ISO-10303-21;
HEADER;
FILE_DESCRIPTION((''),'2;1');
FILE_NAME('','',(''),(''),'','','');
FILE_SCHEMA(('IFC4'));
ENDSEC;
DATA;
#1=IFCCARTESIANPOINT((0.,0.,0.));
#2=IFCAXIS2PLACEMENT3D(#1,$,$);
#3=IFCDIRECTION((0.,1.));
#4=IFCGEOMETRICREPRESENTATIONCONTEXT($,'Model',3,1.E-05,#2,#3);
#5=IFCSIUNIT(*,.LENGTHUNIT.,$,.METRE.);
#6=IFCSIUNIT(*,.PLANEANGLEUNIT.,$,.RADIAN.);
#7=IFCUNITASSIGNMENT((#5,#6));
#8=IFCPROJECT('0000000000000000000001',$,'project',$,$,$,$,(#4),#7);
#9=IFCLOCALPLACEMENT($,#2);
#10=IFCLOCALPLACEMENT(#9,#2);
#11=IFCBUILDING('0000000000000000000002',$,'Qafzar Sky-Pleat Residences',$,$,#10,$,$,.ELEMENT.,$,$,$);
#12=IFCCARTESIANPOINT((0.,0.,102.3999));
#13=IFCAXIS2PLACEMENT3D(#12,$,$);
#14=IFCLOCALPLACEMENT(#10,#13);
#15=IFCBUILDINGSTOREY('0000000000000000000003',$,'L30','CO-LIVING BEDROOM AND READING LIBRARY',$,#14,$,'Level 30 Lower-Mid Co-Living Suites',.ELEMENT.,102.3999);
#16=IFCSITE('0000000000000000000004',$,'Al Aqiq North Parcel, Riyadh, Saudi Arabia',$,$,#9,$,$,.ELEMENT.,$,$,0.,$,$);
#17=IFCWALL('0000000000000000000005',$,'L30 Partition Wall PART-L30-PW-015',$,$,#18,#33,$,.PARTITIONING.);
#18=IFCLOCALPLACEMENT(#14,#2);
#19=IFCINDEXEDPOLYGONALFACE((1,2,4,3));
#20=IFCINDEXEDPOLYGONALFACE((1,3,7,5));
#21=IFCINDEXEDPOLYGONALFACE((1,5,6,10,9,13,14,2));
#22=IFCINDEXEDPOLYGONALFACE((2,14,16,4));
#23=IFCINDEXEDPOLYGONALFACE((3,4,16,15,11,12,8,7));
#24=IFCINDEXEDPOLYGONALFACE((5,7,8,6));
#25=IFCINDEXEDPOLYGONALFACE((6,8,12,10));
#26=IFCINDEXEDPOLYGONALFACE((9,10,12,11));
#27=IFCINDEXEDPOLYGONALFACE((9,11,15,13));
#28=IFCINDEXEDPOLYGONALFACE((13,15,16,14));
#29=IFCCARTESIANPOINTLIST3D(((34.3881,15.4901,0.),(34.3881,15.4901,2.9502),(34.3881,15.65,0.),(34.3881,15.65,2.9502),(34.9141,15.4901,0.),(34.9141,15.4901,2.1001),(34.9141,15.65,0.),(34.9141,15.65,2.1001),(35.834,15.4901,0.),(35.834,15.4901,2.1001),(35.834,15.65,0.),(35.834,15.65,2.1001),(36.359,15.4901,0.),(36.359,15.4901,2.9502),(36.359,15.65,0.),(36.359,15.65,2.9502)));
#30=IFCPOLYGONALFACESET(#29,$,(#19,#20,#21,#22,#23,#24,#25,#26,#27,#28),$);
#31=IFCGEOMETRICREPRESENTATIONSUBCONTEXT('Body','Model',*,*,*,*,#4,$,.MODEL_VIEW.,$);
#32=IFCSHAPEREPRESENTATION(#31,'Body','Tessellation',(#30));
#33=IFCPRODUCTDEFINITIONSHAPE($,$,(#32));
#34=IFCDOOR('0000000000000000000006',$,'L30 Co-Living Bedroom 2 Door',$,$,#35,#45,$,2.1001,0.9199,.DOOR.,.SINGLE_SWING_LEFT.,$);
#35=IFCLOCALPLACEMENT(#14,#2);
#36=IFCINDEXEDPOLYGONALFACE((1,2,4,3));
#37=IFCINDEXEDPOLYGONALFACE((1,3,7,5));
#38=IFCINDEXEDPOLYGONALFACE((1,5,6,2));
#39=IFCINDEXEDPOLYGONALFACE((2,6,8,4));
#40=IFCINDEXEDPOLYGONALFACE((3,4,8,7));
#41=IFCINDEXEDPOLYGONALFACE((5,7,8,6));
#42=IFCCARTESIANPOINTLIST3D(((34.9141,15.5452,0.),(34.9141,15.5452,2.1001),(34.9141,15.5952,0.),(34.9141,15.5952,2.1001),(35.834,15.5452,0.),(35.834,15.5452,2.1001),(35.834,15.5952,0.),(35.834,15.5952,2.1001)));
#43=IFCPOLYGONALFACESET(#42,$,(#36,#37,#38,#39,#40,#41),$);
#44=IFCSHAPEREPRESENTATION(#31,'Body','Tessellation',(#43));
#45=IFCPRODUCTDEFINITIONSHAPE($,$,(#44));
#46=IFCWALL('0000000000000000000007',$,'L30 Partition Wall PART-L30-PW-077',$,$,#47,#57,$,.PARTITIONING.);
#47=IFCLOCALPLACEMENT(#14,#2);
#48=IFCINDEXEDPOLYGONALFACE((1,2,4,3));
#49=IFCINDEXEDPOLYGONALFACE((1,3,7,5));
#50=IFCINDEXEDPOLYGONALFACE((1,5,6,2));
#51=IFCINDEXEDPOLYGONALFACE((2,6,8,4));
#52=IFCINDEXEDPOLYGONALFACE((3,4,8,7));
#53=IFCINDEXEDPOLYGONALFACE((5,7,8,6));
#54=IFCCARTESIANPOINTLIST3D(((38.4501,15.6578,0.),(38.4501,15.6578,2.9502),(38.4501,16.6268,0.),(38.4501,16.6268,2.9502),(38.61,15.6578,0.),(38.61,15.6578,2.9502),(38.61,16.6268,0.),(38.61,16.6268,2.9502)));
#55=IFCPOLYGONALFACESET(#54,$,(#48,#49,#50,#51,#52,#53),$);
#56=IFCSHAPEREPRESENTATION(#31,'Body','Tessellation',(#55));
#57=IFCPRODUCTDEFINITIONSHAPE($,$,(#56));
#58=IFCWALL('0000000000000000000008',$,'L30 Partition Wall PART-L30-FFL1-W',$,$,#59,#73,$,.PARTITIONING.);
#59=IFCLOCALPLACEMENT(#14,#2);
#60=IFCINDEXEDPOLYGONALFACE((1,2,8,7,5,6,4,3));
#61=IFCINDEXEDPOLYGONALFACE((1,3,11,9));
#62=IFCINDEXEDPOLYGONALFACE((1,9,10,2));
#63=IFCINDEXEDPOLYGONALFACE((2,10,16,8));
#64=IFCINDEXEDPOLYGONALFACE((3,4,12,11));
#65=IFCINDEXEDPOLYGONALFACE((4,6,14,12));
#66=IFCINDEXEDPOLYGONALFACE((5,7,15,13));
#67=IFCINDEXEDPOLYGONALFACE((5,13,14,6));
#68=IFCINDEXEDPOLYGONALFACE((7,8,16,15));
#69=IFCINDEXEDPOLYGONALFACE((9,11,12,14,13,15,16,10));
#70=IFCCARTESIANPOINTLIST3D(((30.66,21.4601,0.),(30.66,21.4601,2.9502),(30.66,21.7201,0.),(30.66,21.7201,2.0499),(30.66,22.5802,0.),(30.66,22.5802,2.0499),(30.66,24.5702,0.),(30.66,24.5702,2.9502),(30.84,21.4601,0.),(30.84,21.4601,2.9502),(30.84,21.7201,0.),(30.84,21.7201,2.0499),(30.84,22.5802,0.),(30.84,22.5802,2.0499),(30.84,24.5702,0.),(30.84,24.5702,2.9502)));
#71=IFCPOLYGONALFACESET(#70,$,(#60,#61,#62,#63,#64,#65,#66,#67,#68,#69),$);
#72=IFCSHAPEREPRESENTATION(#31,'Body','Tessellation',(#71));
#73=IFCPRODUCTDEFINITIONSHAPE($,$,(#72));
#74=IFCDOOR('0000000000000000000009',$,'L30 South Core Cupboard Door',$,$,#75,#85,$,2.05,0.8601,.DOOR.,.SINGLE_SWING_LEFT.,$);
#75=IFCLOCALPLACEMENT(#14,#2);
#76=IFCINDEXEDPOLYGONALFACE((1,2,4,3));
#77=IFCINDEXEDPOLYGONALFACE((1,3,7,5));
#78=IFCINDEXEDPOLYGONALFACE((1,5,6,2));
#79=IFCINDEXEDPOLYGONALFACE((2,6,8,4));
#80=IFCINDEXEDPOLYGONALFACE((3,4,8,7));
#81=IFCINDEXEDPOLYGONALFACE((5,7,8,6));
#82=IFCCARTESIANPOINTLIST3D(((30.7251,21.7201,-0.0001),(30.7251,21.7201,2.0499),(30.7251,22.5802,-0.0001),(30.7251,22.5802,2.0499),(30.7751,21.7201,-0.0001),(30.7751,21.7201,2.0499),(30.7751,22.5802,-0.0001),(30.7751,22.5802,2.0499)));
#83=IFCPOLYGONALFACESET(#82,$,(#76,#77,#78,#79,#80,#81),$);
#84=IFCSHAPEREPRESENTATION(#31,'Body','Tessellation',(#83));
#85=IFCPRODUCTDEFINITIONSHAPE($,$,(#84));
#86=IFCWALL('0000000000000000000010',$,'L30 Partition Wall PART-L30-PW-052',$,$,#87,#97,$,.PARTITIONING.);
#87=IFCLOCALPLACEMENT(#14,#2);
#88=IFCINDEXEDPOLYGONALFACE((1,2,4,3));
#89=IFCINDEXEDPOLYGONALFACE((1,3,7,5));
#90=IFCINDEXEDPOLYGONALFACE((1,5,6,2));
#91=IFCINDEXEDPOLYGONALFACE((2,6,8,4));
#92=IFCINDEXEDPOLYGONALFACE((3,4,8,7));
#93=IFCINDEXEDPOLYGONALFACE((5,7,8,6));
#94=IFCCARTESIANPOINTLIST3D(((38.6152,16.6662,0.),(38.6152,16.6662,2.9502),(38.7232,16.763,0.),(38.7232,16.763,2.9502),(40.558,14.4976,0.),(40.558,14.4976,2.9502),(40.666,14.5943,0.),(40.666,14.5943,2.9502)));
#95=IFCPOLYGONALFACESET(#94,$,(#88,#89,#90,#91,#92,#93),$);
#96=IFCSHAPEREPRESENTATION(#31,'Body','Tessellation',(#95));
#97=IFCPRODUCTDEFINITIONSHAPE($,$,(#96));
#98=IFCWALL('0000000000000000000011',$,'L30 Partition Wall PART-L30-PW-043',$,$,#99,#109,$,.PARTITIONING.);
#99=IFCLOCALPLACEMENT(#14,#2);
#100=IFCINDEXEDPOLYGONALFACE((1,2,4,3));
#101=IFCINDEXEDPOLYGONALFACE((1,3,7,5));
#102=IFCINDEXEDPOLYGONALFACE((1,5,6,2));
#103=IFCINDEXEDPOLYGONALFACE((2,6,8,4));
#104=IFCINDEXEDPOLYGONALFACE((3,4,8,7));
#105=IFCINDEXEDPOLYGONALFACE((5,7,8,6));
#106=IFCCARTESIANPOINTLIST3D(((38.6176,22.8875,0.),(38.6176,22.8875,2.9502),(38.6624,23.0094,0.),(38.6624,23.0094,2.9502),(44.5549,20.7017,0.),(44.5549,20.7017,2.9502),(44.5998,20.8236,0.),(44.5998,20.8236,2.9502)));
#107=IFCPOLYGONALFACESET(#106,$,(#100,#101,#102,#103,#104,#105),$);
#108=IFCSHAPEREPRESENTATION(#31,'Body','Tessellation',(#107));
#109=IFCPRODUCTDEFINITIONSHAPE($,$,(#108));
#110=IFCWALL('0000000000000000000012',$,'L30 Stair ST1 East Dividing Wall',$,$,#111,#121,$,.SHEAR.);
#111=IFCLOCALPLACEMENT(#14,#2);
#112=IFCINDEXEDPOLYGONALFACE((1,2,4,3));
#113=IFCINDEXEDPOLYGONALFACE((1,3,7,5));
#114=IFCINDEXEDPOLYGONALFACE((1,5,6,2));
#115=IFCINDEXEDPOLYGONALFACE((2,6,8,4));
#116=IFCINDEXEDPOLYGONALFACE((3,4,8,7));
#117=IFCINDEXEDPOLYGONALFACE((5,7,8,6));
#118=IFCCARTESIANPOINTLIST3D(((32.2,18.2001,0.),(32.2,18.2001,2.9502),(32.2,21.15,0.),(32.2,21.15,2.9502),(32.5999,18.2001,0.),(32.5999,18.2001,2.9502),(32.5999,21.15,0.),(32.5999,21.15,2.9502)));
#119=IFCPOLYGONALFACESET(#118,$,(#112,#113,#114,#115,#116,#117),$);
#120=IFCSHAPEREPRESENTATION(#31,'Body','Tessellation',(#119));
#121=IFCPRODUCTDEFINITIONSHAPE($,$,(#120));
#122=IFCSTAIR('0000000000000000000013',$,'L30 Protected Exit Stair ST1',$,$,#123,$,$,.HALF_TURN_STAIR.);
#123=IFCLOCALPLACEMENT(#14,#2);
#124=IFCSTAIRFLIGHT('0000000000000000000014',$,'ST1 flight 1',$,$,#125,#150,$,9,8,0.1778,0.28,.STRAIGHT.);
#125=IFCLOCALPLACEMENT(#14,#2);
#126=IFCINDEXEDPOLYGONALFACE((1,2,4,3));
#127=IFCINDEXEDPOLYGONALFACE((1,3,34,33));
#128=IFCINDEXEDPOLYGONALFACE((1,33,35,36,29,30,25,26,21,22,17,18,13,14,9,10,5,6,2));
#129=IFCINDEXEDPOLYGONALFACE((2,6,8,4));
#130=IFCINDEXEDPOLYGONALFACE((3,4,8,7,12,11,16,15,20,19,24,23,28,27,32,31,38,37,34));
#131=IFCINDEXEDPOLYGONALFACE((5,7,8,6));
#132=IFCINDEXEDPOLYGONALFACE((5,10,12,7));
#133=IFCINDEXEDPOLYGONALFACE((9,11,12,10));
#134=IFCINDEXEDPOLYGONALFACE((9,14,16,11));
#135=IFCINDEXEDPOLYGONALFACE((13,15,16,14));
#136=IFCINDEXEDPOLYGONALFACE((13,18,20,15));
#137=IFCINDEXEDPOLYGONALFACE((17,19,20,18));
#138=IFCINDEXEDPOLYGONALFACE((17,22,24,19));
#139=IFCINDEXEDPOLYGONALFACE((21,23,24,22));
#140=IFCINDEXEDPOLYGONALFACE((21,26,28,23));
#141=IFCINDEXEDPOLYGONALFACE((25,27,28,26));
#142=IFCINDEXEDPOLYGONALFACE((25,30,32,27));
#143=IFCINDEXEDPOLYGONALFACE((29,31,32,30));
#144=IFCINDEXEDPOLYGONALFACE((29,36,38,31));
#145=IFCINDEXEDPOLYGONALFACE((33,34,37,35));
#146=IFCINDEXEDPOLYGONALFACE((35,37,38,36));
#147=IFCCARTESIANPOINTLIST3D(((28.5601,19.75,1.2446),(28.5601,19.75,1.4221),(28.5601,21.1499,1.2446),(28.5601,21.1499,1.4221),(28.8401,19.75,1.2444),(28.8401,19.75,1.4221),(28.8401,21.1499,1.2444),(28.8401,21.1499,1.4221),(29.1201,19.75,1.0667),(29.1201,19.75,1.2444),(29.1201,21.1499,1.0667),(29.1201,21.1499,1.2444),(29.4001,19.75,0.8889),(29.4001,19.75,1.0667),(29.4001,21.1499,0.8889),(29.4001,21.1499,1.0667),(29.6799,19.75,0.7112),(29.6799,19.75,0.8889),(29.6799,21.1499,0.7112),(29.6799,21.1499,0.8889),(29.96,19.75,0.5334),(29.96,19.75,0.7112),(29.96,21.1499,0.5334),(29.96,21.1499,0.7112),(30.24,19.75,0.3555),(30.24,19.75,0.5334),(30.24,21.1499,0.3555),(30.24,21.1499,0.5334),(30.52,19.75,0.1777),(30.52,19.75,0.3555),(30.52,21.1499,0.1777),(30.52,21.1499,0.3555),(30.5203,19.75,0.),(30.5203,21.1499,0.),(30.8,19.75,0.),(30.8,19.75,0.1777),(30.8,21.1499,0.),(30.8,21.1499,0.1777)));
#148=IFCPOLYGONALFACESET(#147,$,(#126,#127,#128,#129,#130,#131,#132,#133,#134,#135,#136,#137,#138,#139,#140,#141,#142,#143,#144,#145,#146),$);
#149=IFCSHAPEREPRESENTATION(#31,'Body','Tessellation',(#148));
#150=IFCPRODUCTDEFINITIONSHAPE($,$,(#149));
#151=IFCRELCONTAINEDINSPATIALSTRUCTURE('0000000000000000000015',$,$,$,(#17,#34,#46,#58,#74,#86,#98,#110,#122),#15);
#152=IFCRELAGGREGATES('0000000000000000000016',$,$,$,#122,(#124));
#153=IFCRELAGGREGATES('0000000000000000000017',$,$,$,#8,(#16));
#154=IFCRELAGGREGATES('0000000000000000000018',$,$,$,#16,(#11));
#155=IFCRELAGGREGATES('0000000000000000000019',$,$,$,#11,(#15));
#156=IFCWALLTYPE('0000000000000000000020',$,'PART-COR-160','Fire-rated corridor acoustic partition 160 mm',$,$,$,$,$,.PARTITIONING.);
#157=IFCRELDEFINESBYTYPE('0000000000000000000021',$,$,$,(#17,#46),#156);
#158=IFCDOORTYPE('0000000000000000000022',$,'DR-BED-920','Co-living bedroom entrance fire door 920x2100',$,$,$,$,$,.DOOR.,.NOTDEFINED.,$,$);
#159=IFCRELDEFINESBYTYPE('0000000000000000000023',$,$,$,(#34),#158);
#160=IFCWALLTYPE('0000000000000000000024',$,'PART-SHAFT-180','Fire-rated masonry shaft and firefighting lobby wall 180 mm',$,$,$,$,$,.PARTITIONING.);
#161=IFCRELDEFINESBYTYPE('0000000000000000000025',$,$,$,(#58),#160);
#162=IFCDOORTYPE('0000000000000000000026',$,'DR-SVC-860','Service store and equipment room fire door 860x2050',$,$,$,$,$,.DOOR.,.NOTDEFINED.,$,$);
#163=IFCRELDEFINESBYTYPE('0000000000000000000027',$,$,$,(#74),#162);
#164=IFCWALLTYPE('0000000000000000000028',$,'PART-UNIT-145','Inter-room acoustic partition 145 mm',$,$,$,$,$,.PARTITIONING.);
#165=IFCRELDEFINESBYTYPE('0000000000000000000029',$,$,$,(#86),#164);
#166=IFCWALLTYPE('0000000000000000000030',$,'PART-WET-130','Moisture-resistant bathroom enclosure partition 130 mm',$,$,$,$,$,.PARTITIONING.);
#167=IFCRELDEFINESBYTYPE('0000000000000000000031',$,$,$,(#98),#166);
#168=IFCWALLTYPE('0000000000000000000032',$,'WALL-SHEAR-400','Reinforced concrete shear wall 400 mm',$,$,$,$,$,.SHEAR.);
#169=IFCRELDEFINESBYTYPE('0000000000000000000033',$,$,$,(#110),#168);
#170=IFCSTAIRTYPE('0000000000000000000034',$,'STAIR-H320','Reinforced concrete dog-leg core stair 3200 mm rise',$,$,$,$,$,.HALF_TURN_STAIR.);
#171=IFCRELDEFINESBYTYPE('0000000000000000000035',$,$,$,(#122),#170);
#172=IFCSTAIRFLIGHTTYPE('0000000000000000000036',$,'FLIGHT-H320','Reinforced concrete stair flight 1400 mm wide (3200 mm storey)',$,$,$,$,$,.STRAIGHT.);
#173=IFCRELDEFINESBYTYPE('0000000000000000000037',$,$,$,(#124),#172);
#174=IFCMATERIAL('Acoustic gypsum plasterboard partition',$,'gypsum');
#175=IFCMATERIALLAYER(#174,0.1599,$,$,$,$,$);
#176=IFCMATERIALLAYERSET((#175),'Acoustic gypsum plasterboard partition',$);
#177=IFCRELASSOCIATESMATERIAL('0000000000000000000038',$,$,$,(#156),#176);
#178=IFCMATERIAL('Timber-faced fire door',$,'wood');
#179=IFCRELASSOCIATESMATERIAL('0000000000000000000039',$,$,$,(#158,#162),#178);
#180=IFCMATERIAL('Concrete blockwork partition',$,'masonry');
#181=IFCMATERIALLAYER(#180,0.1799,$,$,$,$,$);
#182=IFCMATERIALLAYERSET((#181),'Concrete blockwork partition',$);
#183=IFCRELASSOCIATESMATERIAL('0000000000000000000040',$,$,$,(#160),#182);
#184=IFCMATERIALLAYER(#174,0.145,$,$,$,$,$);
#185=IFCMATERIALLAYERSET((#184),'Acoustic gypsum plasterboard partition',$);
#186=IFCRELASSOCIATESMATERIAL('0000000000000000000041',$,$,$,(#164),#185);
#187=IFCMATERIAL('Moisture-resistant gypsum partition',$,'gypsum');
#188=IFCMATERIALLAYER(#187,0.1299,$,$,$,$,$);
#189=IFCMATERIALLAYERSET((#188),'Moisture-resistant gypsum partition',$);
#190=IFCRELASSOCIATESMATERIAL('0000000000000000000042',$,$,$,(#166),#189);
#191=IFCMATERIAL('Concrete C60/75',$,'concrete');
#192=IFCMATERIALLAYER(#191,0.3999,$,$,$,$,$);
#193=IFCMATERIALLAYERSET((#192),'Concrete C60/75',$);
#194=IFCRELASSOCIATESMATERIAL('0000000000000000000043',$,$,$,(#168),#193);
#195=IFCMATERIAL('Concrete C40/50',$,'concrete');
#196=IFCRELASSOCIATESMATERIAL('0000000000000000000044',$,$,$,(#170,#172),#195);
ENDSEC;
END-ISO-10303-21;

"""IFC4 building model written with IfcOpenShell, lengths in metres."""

from ifc_helpers import new_model, si_unit, direction, frame, frame_2d, origin, place, context, subcontext, project, spatial, polyline, rectangle, outline, extrude, source, transform, mapped, material, layer, layer_set, type_object, element, fill, aggregate, save


model = new_model("IFC4")

# Units and contexts
model_context = context("Model", 3, precision=1e-05, world=origin(), true_north=direction((0.0, 1.0)))
body_context = subcontext(model_context, "Body", "Model", "MODEL_VIEW")
ifc_project = project(units=[si_unit("LENGTHUNIT", "METRE"), si_unit("PLANEANGLEUNIT", "RADIAN")], contexts=[model_context])

# Site, building, storey
site_placement = place(None, origin())
site = spatial("IfcSite", under=ifc_project, at=site_placement, Name="Al Aqiq North Parcel, Riyadh, Saudi Arabia", CompositionType="ELEMENT", RefElevation=0.0)
building_placement = place(site_placement, origin())
building = spatial("IfcBuilding", under=site, at=building_placement, Name="Qafzar Sky-Pleat Residences", CompositionType="ELEMENT")
storey_placement = place(building_placement, frame((0.0, 0.0, 102.3999)))
storey = spatial("IfcBuildingStorey", under=building, at=storey_placement, Name="L30", Description="CO-LIVING BEDROOM AND READING LIBRARY", LongName="Level 30 Lower-Mid Co-Living Suites", CompositionType="ELEMENT", Elevation=102.3999)

# Wall, opening, door
ifc_material_1 = material(Name="Acoustic gypsum plasterboard partition", Category="gypsum")
ifc_layer_1 = layer(ifc_material_1, 0.1599)
ifc_layer_set_1 = layer_set([ifc_layer_1], Name="Acoustic gypsum plasterboard partition")
wall_type_1 = type_object("IfcWallType", Name="PART-COR-160", Description="Fire-rated corridor acoustic partition 160 mm", PredefinedType="PARTITIONING", material=ifc_layer_set_1)
ifc_material_2 = material(Name="Timber-faced fire door", Category="wood")
door_type_1 = type_object("IfcDoorType", Name="DR-BED-920", Description="Co-living bedroom entrance fire door 920x2100", OperationType="NOTDEFINED", PredefinedType="DOOR", material=ifc_material_2)
shared_shape_1 = source(origin(), body_context, "Body", "SweptSolid", [
    extrude(rectangle(XDim=0.9199, YDim=2.1001, at=frame_2d((0.46, 1.05))), frame((0.0, 0.0249, 0.0), z_axis=(0.0, -1.0, 0.0), x_axis=(1.0, 0.0, 0.0)), (0.0, 0.0, 1.0), 0.05),
])
wall_1_placement = place(storey_placement, frame((36.3589, 15.5701, 0.0), z_axis=(0.0, 0.0, 1.0), x_axis=(-1.0, 0.0, 0.0)))
wall_1 = element("IfcWall", 1, at=wall_1_placement, inside=storey, type_object=wall_type_1, Name="L30 Partition Wall PART-L30-PW-015", PredefinedType="PARTITIONING", context=body_context, shape_type="SweptSolid", body=[
    extrude(rectangle(XDim=1.9709, YDim=0.1599, at=frame_2d((0.9854, 0.0))), origin(), (0.0, 0.0, 1.0), 2.9502),
])
opening_1_placement = place(wall_1_placement, frame((0.5249, 0.0, 0.0)))
opening_1 = element("IfcOpeningElement", 2, at=opening_1_placement, cuts=wall_1, PredefinedType="OPENING", context=body_context, shape_type="SweptSolid", body=[
    extrude(rectangle(XDim=0.9199, YDim=2.1001, at=frame_2d((0.46, 1.05))), frame((0.0, 0.0898, 0.0), z_axis=(0.0, -1.0, 0.0), x_axis=(1.0, 0.0, 0.0)), (0.0, 0.0, 1.0), 0.1799),
])
door_1_placement = place(opening_1_placement, origin())
door_1 = element("IfcDoor", 3, at=door_1_placement, inside=storey, type_object=door_type_1, Name="L30 Co-Living Bedroom 2 Door", OperationType="SINGLE_SWING_LEFT", OverallHeight=2.1001, OverallWidth=0.9199, PredefinedType="DOOR", context=body_context, shape_type="MappedRepresentation", body=[
    mapped(shared_shape_1, transform((0.0, 0.0, 0.0), x_axis=(1.0, 0.0, 0.0), y_axis=(0.0, 1.0, 0.0), z_axis=(0.0, 0.0, 1.0), scale=1.0)),
])
fill(opening_1, door_1)

# Wall
wall_2_placement = place(storey_placement, frame((38.53, 15.658, 0.0), z_axis=(0.0, 0.0, 1.0), x_axis=(0.0, 1.0, 0.0)))
element("IfcWall", 4, at=wall_2_placement, inside=storey, type_object=wall_type_1, Name="L30 Partition Wall PART-L30-PW-077", PredefinedType="PARTITIONING", context=body_context, shape_type="SweptSolid", body=[
    extrude(rectangle(XDim=0.969, YDim=0.1599, at=frame_2d((0.4844, 0.0))), origin(), (0.0, 0.0, 1.0), 2.9502),
])

# Wall, opening, door
ifc_material_3 = material(Name="Concrete blockwork partition", Category="masonry")
ifc_layer_2 = layer(ifc_material_3, 0.1799)
ifc_layer_set_2 = layer_set([ifc_layer_2], Name="Concrete blockwork partition")
wall_type_2 = type_object("IfcWallType", Name="PART-SHAFT-180", Description="Fire-rated masonry shaft and firefighting lobby wall 180 mm", PredefinedType="PARTITIONING", material=ifc_layer_set_2)
wall_3_placement = place(storey_placement, frame((30.75, 21.46, 0.0), z_axis=(0.0, 0.0, 1.0), x_axis=(0.0, 1.0, 0.0)))
wall_3 = element("IfcWall", 5, at=wall_3_placement, inside=storey, type_object=wall_type_2, Name="L30 Partition Wall PART-L30-FFL1-W", PredefinedType="PARTITIONING", context=body_context, shape_type="SweptSolid", body=[
    extrude(rectangle(XDim=3.1101, YDim=0.1799, at=frame_2d((1.5552, 0.0))), origin(), (0.0, 0.0, 1.0), 2.9502),
])
opening_2_placement = place(wall_3_placement, frame((0.26, 0.0, 0.0)))
opening_2 = element("IfcOpeningElement", 6, at=opening_2_placement, cuts=wall_3, PredefinedType="OPENING", context=body_context, shape_type="SweptSolid", body=[
    extrude(rectangle(XDim=0.8601, YDim=2.05, at=frame_2d((0.4302, 1.0249))), frame((0.0, 0.1001, 0.0), z_axis=(0.0, -1.0, 0.0), x_axis=(1.0, 0.0, 0.0)), (0.0, 0.0, 1.0), 0.2),
])
door_type_2 = type_object("IfcDoorType", Name="DR-SVC-860", Description="Service store and equipment room fire door 860x2050", OperationType="NOTDEFINED", PredefinedType="DOOR", material=ifc_material_2)
shared_shape_2 = source(origin(), body_context, "Body", "SweptSolid", [
    extrude(rectangle(XDim=0.8601, YDim=2.05, at=frame_2d((0.4302, 1.0249))), frame((0.0, 0.0249, 0.0), z_axis=(0.0, -1.0, 0.0), x_axis=(1.0, 0.0, 0.0)), (0.0, 0.0, 1.0), 0.05),
])
door_2_placement = place(opening_2_placement, origin())
door_2 = element("IfcDoor", 7, at=door_2_placement, inside=storey, type_object=door_type_2, Name="L30 South Core Cupboard Door", OperationType="SINGLE_SWING_LEFT", OverallHeight=2.05, OverallWidth=0.8601, PredefinedType="DOOR", context=body_context, shape_type="MappedRepresentation", body=[
    mapped(shared_shape_2, transform((0.0, 0.0, 0.0), x_axis=(1.0, 0.0, 0.0), y_axis=(0.0, 1.0, 0.0), z_axis=(0.0, 0.0, 1.0), scale=1.0)),
])
fill(opening_2, door_2)

# Walls
ifc_layer_3 = layer(ifc_material_1, 0.145)
ifc_layer_set_3 = layer_set([ifc_layer_3], Name="Acoustic gypsum plasterboard partition")
wall_type_3 = type_object("IfcWallType", Name="PART-UNIT-145", Description="Inter-room acoustic partition 145 mm", PredefinedType="PARTITIONING", material=ifc_layer_set_3)
wall_4_placement = place(storey_placement, frame((38.6692, 16.7146, 0.0), z_axis=(0.0, 0.0, 1.0), x_axis=(0.667263, -0.744822, 0.0)))
element("IfcWall", 8, at=wall_4_placement, inside=storey, type_object=wall_type_3, Name="L30 Partition Wall PART-L30-PW-052", PredefinedType="PARTITIONING", context=body_context, shape_type="SweptSolid", body=[
    extrude(rectangle(XDim=2.9116, YDim=0.145, at=frame_2d((1.4558, 0.0))), origin(), (0.0, 0.0, 1.0), 2.9502),
])
ifc_material_4 = material(Name="Moisture-resistant gypsum partition", Category="gypsum")
ifc_layer_4 = layer(ifc_material_4, 0.1299)
ifc_layer_set_4 = layer_set([ifc_layer_4], Name="Moisture-resistant gypsum partition")
wall_type_4 = type_object("IfcWallType", Name="PART-WET-130", Description="Moisture-resistant bathroom enclosure partition 130 mm", PredefinedType="PARTITIONING", material=ifc_layer_set_4)
wall_5_placement = place(storey_placement, frame((38.6399, 22.9485, 0.0), z_axis=(0.0, 0.0, 1.0), x_axis=(0.938426, -0.34548, 0.0)))
element("IfcWall", 9, at=wall_5_placement, inside=storey, type_object=wall_type_4, Name="L30 Partition Wall PART-L30-PW-043", PredefinedType="PARTITIONING", context=body_context, shape_type="SweptSolid", body=[
    extrude(rectangle(XDim=6.3269, YDim=0.1299, at=frame_2d((3.1636, 0.0))), origin(), (0.0, 0.0, 1.0), 2.9502),
])
ifc_material_5 = material(Name="Concrete C60/75", Category="concrete")
ifc_layer_5 = layer(ifc_material_5, 0.3999)
ifc_layer_set_5 = layer_set([ifc_layer_5], Name="Concrete C60/75")
wall_type_5 = type_object("IfcWallType", Name="WALL-SHEAR-400", Description="Reinforced concrete shear wall 400 mm", PredefinedType="SHEAR", material=ifc_layer_set_5)
wall_6_placement = place(storey_placement, frame((32.3999, 18.2, 0.0), z_axis=(0.0, 0.0, 1.0), x_axis=(0.0, 1.0, 0.0)))
element("IfcWall", 10, at=wall_6_placement, inside=storey, type_object=wall_type_5, Name="L30 Stair ST1 East Dividing Wall", PredefinedType="SHEAR", context=body_context, shape_type="SweptSolid", body=[
    extrude(rectangle(XDim=2.95, YDim=0.3999, at=frame_2d((1.4751, 0.0))), origin(), (0.0, 0.0, 1.0), 2.9502),
])

# Stair, stair flight
ifc_material_6 = material(Name="Concrete C40/50", Category="concrete")
stair_type = type_object("IfcStairType", Name="STAIR-H320", Description="Reinforced concrete dog-leg core stair 3200 mm rise", PredefinedType="HALF_TURN_STAIR", material=ifc_material_6)
stair_placement = place(storey_placement, origin())
stair = element("IfcStair", 11, at=stair_placement, inside=storey, type_object=stair_type, Name="L30 Protected Exit Stair ST1", PredefinedType="HALF_TURN_STAIR")
stair_flight_type = type_object("IfcStairFlightType", Name="FLIGHT-H320", Description="Reinforced concrete stair flight 1400 mm wide (3200 mm storey)", PredefinedType="STRAIGHT", material=ifc_material_6)
shared_shape_3 = source(origin(), body_context, "Body", "SweptSolid", [
    extrude(outline(polyline([(0.0, 0.0), (0.0, 0.1777), (0.28, 0.1777), (0.28, 0.3555), (0.5601, 0.3555), (0.5601, 0.5334), (0.8401, 0.5334), (0.8401, 0.7112), (1.1201, 0.7112), (1.1201, 0.8889), (1.3999, 0.8889), (1.3999, 1.0667), (1.6799, 1.0667), (1.6799, 1.2444), (1.96, 1.2444), (1.96, 1.4221), (2.24, 1.4221), (2.24, 1.6001), (2.24, 1.2446), (0.2798, 0.0), (0.0, 0.0)])), frame((0.0, 0.7, 0.0), z_axis=(0.0, -1.0, 0.0), x_axis=(1.0, 0.0, 0.0)), (0.0, 0.0, 1.0), 1.3999),
])
stair_flight_1_placement = place(storey_placement, frame((30.8, 20.45, 0.0), z_axis=(0.0, 0.0, 1.0), x_axis=(-1.0, 0.0, 0.0)))
stair_flight_1 = element("IfcStairFlight", 12, at=stair_flight_1_placement, type_object=stair_flight_type, Name="ST1 flight 1", NumberOfRisers=9, NumberOfTreads=8, PredefinedType="STRAIGHT", RiserHeight=0.1778, TreadLength=0.28, context=body_context, shape_type="MappedRepresentation", body=[
    mapped(shared_shape_3, transform((0.0, 0.0, 0.0), x_axis=(1.0, 0.0, 0.0), y_axis=(0.0, 1.0, 0.0), z_axis=(0.0, 0.0, 1.0), scale=1.0)),
])
aggregate(stair, [stair_flight_1])

save(model, "model.ifc")
